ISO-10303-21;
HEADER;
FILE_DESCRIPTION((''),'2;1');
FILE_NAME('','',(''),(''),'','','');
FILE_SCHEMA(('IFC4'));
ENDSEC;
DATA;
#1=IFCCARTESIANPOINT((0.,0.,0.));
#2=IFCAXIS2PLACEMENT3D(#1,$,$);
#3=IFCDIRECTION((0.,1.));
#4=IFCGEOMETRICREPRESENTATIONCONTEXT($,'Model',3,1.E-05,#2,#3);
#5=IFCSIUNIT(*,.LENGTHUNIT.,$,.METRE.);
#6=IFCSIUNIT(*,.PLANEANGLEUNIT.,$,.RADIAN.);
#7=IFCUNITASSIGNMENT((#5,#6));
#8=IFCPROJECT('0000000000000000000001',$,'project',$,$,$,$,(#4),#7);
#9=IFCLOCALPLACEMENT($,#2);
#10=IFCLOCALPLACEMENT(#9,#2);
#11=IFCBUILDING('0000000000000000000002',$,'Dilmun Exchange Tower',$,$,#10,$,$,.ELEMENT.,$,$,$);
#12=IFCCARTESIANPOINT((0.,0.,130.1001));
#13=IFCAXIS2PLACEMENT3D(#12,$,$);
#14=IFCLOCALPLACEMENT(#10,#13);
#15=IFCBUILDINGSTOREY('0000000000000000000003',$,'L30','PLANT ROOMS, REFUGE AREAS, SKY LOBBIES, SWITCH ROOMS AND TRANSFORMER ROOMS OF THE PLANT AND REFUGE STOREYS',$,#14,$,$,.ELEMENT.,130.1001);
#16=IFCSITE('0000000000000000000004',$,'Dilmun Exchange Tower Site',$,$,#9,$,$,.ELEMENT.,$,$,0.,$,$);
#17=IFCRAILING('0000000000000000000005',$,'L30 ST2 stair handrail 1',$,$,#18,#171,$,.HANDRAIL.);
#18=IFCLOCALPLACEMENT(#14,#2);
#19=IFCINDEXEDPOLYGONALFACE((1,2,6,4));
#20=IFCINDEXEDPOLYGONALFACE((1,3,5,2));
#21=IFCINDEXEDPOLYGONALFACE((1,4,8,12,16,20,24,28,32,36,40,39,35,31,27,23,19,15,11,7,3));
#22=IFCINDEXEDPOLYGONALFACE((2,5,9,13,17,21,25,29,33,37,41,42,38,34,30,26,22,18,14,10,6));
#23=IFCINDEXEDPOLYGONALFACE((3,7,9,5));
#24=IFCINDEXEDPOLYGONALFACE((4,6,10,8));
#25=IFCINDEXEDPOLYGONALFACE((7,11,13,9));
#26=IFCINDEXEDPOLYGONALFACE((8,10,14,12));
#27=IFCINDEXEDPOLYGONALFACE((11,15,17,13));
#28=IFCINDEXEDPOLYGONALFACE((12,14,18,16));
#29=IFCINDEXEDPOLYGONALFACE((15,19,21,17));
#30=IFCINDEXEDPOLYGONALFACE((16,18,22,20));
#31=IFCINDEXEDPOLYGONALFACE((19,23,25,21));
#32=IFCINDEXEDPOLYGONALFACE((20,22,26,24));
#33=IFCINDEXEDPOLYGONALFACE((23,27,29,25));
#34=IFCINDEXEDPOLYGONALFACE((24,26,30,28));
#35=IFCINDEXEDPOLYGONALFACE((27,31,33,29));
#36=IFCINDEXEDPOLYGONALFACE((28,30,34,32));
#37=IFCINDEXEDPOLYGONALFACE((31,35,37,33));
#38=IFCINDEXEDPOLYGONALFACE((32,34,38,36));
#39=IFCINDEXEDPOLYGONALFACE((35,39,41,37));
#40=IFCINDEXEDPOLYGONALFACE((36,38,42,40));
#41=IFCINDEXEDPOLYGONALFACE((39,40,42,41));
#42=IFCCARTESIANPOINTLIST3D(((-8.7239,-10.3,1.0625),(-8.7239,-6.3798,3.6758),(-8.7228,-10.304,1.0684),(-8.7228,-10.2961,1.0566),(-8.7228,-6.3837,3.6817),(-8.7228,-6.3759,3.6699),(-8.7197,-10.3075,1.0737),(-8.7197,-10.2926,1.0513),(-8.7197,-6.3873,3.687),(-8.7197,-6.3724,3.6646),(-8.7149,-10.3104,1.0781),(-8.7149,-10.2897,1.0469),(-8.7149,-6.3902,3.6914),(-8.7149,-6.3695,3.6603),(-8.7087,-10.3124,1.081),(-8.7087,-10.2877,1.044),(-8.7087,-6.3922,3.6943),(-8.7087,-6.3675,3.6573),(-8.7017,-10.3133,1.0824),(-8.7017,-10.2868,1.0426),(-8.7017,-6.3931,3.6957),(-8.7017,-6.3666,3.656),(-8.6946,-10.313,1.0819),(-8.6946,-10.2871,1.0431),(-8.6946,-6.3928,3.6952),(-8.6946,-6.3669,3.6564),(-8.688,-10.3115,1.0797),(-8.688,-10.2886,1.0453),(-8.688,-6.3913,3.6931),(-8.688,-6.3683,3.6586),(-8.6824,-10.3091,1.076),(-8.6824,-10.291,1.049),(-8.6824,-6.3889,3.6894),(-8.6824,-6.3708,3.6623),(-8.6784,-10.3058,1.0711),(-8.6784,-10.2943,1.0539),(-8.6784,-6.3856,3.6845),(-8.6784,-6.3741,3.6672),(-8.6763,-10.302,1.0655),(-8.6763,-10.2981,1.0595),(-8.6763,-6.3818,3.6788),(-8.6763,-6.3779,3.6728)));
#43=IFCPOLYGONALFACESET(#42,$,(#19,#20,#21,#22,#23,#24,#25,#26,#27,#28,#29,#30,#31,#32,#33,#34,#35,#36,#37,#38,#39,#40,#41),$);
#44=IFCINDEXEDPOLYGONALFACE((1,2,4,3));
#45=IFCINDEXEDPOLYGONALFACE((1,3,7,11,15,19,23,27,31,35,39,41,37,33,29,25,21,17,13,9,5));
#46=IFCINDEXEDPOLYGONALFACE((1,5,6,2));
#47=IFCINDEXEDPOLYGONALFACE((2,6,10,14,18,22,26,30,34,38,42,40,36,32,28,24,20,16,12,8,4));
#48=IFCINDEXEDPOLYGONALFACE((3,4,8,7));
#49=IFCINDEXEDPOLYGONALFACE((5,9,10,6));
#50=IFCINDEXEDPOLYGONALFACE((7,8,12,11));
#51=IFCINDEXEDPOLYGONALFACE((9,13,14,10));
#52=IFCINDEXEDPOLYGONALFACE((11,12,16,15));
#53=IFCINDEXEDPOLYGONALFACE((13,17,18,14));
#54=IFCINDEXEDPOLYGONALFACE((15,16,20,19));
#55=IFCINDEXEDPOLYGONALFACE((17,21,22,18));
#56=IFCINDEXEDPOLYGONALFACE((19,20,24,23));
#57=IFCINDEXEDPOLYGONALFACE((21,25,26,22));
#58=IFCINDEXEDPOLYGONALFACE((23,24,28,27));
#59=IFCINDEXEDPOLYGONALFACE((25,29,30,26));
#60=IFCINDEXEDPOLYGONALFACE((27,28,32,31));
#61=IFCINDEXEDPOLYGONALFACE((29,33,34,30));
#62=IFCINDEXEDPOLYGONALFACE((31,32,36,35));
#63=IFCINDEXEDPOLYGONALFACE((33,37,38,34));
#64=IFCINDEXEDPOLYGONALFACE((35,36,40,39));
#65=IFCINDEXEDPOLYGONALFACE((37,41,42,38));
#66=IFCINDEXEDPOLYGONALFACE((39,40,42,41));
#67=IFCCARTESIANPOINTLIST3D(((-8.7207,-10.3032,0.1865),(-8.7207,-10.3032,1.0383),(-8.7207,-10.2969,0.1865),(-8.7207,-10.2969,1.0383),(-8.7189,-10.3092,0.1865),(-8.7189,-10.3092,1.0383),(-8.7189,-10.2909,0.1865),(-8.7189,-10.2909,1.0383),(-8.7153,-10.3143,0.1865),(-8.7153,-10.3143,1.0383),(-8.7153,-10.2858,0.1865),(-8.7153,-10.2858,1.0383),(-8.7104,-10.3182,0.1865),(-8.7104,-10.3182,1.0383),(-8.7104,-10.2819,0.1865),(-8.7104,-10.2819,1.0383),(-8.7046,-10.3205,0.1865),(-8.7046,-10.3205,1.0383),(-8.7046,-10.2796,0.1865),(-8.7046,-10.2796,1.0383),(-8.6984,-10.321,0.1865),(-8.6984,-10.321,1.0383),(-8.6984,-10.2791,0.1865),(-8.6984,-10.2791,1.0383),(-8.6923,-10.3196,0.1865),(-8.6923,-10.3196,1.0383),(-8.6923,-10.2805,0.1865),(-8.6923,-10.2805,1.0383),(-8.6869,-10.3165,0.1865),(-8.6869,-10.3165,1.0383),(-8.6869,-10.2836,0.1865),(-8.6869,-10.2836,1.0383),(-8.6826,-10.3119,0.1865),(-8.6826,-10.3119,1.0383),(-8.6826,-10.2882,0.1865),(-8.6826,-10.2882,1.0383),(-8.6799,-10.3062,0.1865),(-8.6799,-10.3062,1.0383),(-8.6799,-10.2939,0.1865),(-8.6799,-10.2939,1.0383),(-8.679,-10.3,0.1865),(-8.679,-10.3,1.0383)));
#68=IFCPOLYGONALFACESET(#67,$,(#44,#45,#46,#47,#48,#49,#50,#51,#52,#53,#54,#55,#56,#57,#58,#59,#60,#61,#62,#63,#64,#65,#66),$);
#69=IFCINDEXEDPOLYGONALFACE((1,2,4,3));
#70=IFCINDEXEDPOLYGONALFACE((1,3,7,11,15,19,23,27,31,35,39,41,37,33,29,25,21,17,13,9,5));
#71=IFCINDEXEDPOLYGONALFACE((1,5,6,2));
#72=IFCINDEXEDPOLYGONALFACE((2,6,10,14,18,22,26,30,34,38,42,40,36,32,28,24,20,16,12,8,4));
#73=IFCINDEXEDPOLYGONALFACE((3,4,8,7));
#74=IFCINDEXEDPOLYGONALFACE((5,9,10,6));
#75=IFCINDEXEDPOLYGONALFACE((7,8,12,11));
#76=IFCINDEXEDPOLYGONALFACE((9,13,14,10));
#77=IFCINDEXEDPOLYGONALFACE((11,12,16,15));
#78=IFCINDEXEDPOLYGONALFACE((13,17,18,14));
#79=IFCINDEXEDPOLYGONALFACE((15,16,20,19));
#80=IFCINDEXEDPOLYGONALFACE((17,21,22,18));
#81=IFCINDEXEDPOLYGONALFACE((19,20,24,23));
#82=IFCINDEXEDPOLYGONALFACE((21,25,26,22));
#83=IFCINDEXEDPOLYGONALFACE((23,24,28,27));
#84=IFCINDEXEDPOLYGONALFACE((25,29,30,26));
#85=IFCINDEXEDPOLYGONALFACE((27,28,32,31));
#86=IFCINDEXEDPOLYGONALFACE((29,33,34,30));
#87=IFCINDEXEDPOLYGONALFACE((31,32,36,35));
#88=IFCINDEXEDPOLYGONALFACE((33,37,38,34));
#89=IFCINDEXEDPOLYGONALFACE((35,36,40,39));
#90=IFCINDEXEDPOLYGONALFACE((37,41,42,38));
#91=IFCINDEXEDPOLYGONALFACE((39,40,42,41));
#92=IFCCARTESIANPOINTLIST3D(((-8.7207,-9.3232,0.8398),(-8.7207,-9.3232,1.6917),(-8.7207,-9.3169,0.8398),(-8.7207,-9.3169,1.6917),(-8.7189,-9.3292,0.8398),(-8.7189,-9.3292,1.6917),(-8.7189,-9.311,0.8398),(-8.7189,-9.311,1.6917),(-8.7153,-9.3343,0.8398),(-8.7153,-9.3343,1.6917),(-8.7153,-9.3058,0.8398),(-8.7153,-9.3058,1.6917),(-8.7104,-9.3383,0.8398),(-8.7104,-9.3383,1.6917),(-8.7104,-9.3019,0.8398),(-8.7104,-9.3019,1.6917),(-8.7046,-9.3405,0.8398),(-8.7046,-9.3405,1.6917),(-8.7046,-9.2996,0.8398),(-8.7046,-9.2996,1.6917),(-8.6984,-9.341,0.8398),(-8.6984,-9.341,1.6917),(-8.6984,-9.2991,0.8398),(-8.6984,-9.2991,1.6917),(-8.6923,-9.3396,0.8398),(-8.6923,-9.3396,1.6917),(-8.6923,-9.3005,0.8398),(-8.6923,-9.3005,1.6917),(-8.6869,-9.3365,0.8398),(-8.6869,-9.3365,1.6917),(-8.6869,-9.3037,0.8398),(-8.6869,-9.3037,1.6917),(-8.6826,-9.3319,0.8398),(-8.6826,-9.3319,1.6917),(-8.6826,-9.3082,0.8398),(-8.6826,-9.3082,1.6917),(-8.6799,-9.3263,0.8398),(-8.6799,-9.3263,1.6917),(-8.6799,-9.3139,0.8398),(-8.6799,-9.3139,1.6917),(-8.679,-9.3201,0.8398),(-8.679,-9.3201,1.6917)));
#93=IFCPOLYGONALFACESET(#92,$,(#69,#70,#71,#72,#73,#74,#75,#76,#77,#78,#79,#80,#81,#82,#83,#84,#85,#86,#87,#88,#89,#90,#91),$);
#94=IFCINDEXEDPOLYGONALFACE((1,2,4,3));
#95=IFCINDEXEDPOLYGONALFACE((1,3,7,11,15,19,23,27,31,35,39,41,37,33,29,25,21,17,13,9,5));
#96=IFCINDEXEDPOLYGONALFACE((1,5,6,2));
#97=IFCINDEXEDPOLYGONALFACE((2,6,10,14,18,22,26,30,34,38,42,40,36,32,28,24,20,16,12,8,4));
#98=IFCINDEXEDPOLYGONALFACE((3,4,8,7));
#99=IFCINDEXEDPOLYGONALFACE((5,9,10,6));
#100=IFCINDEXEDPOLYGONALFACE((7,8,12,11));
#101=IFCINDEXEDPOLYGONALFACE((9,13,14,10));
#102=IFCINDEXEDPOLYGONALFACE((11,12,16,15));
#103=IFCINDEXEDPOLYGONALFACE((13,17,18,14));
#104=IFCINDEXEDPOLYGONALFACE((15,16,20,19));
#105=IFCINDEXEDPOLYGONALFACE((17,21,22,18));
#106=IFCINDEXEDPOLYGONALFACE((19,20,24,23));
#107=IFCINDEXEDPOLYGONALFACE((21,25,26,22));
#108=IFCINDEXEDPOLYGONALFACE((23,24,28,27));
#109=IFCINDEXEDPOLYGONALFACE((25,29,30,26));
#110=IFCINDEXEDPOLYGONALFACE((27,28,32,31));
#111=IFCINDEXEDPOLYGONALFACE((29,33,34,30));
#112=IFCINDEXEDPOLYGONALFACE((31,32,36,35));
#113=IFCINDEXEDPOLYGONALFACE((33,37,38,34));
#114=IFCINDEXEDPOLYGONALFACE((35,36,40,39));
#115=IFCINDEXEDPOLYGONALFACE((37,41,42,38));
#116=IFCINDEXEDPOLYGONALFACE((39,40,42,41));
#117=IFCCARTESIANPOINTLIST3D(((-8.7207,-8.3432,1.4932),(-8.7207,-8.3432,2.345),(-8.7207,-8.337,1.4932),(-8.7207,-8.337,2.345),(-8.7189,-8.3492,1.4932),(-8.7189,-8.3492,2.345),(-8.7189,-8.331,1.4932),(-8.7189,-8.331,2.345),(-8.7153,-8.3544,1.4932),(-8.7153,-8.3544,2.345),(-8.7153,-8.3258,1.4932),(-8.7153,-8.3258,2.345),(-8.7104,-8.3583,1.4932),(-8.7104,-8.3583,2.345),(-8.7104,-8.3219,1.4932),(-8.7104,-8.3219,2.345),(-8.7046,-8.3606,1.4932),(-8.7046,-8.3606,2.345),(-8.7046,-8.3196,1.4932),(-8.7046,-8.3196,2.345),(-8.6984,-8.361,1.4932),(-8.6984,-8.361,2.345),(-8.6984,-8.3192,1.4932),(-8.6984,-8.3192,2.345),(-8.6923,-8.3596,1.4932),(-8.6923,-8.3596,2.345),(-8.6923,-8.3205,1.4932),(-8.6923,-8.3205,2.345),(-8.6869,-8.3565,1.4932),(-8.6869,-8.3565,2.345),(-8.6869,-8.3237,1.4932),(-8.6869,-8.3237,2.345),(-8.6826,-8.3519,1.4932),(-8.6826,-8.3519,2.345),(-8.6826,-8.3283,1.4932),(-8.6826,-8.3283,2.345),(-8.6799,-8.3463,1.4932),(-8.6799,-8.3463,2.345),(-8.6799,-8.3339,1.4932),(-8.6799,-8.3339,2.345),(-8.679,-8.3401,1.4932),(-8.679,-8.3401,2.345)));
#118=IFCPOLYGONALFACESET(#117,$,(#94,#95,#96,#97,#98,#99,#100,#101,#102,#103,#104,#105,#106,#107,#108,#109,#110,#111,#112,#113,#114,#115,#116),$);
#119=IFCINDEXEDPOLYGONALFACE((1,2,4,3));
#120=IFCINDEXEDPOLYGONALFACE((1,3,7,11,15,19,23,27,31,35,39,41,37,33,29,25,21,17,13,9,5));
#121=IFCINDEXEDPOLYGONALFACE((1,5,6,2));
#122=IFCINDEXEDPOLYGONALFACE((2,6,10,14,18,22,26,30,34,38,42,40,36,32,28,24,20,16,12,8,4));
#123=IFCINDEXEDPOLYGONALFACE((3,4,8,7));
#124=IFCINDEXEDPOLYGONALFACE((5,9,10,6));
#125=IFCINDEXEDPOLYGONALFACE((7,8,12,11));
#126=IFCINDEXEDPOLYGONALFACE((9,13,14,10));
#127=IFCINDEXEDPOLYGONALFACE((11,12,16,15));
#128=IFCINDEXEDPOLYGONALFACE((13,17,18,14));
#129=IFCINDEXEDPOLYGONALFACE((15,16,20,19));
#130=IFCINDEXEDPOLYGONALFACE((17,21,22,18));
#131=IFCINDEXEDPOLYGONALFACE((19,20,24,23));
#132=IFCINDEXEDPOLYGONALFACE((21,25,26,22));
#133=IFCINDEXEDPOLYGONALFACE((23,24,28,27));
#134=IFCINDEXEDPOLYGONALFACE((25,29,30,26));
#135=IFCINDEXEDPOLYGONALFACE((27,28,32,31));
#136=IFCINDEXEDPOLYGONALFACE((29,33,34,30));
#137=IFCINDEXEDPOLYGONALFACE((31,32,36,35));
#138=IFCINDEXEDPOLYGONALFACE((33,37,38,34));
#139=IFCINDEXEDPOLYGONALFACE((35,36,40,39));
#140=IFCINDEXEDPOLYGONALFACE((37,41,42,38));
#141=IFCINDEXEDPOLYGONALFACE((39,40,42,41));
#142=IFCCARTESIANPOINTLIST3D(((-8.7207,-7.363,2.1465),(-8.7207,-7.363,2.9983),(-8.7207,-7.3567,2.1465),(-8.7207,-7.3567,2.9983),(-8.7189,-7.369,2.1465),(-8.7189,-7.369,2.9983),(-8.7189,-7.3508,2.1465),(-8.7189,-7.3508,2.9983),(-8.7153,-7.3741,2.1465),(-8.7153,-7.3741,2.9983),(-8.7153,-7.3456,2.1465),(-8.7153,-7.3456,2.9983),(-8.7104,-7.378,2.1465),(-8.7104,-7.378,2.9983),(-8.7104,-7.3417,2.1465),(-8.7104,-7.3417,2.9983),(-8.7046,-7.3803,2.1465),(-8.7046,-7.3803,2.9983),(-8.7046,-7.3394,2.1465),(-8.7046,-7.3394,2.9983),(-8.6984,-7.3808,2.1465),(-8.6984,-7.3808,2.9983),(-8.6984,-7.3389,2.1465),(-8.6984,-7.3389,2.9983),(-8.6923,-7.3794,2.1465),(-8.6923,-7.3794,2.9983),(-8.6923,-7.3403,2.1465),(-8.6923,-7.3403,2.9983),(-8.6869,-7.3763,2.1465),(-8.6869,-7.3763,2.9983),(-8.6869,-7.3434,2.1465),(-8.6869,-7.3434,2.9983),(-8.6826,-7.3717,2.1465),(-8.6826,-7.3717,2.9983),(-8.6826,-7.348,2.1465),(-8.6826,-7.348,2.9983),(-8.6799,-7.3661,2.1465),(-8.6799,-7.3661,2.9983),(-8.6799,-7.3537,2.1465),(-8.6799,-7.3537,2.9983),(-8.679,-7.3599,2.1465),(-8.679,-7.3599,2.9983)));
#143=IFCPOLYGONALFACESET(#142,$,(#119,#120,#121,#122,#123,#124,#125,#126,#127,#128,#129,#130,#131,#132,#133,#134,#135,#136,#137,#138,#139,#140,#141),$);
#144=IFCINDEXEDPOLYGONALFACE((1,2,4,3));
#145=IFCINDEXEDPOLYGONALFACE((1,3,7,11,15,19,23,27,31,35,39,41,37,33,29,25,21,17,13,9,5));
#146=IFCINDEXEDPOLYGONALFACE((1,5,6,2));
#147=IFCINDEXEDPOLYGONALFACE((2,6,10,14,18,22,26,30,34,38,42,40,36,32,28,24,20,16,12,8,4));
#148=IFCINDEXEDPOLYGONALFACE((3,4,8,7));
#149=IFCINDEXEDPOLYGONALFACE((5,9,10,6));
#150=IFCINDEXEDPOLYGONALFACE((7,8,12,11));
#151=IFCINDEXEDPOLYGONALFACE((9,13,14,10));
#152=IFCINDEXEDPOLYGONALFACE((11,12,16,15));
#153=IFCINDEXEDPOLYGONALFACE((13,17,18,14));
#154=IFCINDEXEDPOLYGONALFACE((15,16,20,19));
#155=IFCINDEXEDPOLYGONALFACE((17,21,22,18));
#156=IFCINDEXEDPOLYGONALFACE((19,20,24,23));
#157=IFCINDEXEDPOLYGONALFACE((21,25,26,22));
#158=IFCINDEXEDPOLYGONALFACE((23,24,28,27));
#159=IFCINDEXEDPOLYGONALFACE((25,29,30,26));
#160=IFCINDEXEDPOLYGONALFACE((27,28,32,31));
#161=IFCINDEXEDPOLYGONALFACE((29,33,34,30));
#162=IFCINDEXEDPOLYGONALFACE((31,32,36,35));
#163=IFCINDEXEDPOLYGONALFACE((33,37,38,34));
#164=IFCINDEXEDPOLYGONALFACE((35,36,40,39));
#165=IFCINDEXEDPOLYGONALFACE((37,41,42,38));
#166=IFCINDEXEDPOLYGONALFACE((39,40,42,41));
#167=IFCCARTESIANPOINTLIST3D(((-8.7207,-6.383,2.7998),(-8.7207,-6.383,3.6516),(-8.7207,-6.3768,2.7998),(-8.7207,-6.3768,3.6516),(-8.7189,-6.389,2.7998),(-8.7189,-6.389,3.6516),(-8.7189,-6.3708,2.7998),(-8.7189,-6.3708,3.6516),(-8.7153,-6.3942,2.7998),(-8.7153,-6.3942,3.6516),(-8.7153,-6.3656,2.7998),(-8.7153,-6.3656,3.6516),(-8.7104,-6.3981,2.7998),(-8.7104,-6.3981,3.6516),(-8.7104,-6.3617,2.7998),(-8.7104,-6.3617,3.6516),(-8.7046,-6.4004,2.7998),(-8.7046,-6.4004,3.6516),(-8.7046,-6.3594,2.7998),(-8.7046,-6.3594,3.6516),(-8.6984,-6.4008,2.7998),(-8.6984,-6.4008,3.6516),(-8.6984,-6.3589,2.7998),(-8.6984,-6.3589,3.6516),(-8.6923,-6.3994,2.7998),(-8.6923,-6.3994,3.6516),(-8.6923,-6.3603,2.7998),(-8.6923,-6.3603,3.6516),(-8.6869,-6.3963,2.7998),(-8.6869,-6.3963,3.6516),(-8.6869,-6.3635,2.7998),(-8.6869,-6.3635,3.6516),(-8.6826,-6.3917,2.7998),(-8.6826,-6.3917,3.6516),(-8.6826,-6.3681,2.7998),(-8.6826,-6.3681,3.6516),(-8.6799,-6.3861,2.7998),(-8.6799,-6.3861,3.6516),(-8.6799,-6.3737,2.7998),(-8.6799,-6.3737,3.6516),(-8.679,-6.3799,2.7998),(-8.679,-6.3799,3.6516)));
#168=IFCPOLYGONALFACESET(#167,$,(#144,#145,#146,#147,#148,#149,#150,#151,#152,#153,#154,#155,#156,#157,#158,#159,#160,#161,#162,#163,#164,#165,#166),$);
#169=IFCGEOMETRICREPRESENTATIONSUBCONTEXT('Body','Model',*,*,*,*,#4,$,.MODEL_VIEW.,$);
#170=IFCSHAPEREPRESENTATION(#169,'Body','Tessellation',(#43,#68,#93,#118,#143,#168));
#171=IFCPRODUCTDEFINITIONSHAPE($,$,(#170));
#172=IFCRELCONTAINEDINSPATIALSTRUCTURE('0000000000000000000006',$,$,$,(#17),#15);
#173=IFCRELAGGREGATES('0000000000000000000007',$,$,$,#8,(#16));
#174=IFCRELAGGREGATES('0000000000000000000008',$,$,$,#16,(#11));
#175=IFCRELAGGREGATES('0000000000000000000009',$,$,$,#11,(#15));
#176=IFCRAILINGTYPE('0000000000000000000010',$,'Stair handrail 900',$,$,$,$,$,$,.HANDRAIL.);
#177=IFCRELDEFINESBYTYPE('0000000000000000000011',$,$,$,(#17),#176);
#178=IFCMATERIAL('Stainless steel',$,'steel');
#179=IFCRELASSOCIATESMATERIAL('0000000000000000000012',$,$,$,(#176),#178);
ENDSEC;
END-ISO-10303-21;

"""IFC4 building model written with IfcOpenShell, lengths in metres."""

from ifc_helpers import new_model, si_unit, direction, frame, origin, origin_2d, place, context, subcontext, project, spatial, circle, extrude, material, type_object, element, save


model = new_model("IFC4")

# Units and contexts
model_context = context("Model", 3, precision=1e-05, world=origin(), true_north=direction((0.0, 1.0)))
body_context = subcontext(model_context, "Body", "Model", "MODEL_VIEW")
ifc_project = project(units=[si_unit("LENGTHUNIT", "METRE"), si_unit("PLANEANGLEUNIT", "RADIAN")], contexts=[model_context])

# Site, building, storey
site_placement = place(None, origin())
site = spatial("IfcSite", under=ifc_project, at=site_placement, Name="Dilmun Exchange Tower Site", CompositionType="ELEMENT", RefElevation=0.0)
building_placement = place(site_placement, origin())
building = spatial("IfcBuilding", under=site, at=building_placement, Name="Dilmun Exchange Tower", CompositionType="ELEMENT")
storey_placement = place(building_placement, frame((0.0, 0.0, 130.1001)))
storey = spatial("IfcBuildingStorey", under=building, at=storey_placement, Name="L30", Description="PLANT ROOMS, REFUGE AREAS, SKY LOBBIES, SWITCH ROOMS AND TRANSFORMER ROOMS OF THE PLANT AND REFUGE STOREYS", CompositionType="ELEMENT", Elevation=130.1001)

# Railing
ifc_material_1 = material(Name="Stainless steel", Category="steel")
railing_type = type_object("IfcRailingType", Name="Stair handrail 900", PredefinedType="HANDRAIL", material=ifc_material_1)
railing_placement = place(storey_placement, frame((-8.7, -10.3, 0.1865)))
element("IfcRailing", 1, at=railing_placement, inside=storey, type_object=railing_type, Name="L30 ST2 stair handrail 1", PredefinedType="HANDRAIL", context=body_context, shape_type="SweptSolid", body=[
    extrude(circle(Radius=0.0239, at=origin_2d()), frame((0.0, 0.0, 0.876), z_axis=(0.0, 0.832066, 0.554676), x_axis=(-1.0, 0.0, 0.0)), (0.0, 0.0, 1.0), 4.7114),
    extrude(circle(Radius=0.021, at=origin_2d()), origin(), (0.0, 0.0, 1.0), 0.8518),
    extrude(circle(Radius=0.021, at=origin_2d()), frame((0.0, 0.98, 0.6533)), (0.0, 0.0, 1.0), 0.8518),
    extrude(circle(Radius=0.021, at=origin_2d()), frame((0.0, 1.96, 1.3066)), (0.0, 0.0, 1.0), 0.8518),
    extrude(circle(Radius=0.021, at=origin_2d()), frame((0.0, 2.9402, 1.96)), (0.0, 0.0, 1.0), 0.8518),
    extrude(circle(Radius=0.021, at=origin_2d()), frame((0.0, 3.9202, 2.6133)), (0.0, 0.0, 1.0), 0.8518),
])

save(model, "model.ifc")
